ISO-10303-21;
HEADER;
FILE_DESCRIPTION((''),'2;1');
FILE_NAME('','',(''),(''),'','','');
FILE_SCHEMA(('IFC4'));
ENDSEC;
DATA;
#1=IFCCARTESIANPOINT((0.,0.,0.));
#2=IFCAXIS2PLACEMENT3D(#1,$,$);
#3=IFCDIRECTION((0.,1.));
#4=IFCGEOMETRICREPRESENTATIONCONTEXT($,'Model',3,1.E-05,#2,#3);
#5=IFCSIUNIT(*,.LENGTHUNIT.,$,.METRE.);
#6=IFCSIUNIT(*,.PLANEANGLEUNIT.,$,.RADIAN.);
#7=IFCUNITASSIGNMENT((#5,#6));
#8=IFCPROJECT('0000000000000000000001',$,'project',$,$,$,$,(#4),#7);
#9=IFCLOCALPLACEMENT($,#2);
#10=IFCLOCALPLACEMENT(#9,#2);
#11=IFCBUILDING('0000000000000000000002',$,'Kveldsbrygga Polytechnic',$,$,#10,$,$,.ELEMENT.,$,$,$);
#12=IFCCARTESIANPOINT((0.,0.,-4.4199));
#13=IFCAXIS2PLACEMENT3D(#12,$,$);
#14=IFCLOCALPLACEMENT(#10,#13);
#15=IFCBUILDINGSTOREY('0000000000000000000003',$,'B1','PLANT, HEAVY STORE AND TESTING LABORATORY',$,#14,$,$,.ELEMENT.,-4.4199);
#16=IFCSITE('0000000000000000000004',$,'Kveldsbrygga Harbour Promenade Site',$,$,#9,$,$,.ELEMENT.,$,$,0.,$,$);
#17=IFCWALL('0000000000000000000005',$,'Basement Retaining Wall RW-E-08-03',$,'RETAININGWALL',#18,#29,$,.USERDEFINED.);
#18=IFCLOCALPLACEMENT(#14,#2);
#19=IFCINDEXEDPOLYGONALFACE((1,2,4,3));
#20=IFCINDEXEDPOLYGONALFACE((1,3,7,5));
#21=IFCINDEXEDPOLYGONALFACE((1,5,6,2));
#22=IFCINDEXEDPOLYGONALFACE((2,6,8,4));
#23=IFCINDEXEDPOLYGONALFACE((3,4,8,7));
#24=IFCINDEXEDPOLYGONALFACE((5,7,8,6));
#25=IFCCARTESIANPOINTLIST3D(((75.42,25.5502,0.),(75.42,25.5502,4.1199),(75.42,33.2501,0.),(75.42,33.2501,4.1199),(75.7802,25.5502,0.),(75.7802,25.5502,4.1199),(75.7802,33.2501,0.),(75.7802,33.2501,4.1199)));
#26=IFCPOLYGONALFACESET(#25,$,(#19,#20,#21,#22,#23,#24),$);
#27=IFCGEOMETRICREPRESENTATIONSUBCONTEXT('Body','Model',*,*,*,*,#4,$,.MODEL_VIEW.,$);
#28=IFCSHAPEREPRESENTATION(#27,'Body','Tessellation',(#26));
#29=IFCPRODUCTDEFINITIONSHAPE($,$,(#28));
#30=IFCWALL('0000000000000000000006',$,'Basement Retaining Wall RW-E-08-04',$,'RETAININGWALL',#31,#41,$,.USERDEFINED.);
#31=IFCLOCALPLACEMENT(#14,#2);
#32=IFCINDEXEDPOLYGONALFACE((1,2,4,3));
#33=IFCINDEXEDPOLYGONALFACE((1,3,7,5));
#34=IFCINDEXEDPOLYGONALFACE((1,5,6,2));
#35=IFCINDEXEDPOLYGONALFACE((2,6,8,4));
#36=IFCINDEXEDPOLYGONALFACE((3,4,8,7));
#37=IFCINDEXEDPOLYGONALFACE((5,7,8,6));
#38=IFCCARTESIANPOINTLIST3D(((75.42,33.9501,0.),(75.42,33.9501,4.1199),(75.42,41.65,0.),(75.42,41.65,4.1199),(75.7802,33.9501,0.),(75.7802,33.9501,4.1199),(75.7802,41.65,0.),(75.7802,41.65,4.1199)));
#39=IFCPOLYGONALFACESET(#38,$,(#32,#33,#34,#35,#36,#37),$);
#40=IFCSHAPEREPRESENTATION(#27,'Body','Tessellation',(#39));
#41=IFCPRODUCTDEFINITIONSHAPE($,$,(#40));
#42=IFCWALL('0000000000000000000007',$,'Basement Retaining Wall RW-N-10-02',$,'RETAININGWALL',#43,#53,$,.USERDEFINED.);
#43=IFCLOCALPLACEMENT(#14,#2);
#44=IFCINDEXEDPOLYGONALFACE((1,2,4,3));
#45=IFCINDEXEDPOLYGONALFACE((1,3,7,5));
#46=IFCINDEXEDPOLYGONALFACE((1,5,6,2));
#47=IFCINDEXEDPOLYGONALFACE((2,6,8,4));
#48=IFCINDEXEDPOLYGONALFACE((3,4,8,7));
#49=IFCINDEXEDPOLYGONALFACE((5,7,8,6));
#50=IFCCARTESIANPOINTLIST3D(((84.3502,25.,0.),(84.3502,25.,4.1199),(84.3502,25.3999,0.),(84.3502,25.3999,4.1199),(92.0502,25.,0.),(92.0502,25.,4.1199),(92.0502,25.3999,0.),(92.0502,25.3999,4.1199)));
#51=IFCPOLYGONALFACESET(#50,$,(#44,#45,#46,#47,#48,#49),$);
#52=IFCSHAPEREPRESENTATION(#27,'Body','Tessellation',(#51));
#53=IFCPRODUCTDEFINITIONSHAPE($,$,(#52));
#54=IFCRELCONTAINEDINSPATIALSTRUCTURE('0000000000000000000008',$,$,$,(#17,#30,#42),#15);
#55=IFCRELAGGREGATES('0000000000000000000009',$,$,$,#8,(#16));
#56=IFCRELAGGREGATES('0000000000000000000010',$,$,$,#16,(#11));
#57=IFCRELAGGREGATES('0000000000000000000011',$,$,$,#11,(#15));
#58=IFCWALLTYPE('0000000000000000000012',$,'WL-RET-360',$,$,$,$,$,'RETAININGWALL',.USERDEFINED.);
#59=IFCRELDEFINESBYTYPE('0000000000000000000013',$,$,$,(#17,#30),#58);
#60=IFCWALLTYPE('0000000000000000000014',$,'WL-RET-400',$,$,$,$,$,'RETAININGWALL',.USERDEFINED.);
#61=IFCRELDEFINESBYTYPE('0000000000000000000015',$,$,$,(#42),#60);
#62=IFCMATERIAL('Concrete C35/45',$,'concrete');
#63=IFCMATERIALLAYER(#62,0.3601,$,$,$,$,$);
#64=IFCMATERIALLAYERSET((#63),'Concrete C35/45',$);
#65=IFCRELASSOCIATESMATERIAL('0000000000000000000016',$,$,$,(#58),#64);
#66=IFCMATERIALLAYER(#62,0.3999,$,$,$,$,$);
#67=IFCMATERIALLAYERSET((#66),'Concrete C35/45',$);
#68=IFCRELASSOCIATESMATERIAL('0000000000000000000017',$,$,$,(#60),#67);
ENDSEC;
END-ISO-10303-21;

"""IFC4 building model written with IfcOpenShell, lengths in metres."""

from ifc_helpers import new_model, si_unit, direction, frame, frame_2d, origin, place, context, subcontext, project, spatial, rectangle, extrude, material, layer, layer_set, type_object, element, save


model = new_model("IFC4")

# Units and contexts
model_context = context("Model", 3, precision=1e-05, world=origin(), true_north=direction((0.0, 1.0)))
body_context = subcontext(model_context, "Body", "Model", "MODEL_VIEW")
ifc_project = project(units=[si_unit("LENGTHUNIT", "METRE"), si_unit("PLANEANGLEUNIT", "RADIAN")], contexts=[model_context])

# Site, building, storey
site_placement = place(None, origin())
site = spatial("IfcSite", under=ifc_project, at=site_placement, Name="Kveldsbrygga Harbour Promenade Site", CompositionType="ELEMENT", RefElevation=0.0)
building_placement = place(site_placement, origin())
building = spatial("IfcBuilding", under=site, at=building_placement, Name="Kveldsbrygga Polytechnic", CompositionType="ELEMENT")
storey_placement = place(building_placement, frame((0.0, 0.0, -4.4199)))
storey = spatial("IfcBuildingStorey", under=building, at=storey_placement, Name="B1", Description="PLANT, HEAVY STORE AND TESTING LABORATORY", CompositionType="ELEMENT", Elevation=-4.4199)

# Shared definitions
ifc_material_1 = material(Name="Concrete C35/45", Category="concrete")

# Walls
ifc_layer_1 = layer(ifc_material_1, 0.3601)
ifc_layer_set_1 = layer_set([ifc_layer_1], Name="Concrete C35/45")
wall_type_1 = type_object("IfcWallType", Name="WL-RET-360", ElementType="RETAININGWALL", PredefinedType="USERDEFINED", material=ifc_layer_set_1)
for number, where, z_axis, x_axis, name in (
    (1, (75.6001, 25.55, 0.0), (0.0, 0.0, 1.0), (0.0, 1.0, 0.0), "Basement Retaining Wall RW-E-08-03"),
    (2, (75.6001, 33.95, 0.0), (0.0, 0.0, 1.0), (0.0, 1.0, 0.0), "Basement Retaining Wall RW-E-08-04"),
):
    element("IfcWall", number, at=place(storey_placement, frame(where, z_axis=z_axis, x_axis=x_axis)), inside=storey, type_object=wall_type_1, Name=name, ObjectType="RETAININGWALL", PredefinedType="USERDEFINED", context=body_context, shape_type="SweptSolid", body=[
        extrude(rectangle(XDim=7.7, YDim=0.3601, at=frame_2d((3.8501, 0.0))), origin(), (0.0, 0.0, 1.0), 4.1199),
    ])
ifc_layer_2 = layer(ifc_material_1, 0.3999)
ifc_layer_set_2 = layer_set([ifc_layer_2], Name="Concrete C35/45")
wall_type_2 = type_object("IfcWallType", Name="WL-RET-400", ElementType="RETAININGWALL", PredefinedType="USERDEFINED", material=ifc_layer_set_2)
wall_1_placement = place(storey_placement, frame((84.3501, 25.2, 0.0), z_axis=(0.0, 0.0, 1.0), x_axis=(1.0, 0.0, 0.0)))
element("IfcWall", 3, at=wall_1_placement, inside=storey, type_object=wall_type_2, Name="Basement Retaining Wall RW-N-10-02", ObjectType="RETAININGWALL", PredefinedType="USERDEFINED", context=body_context, shape_type="SweptSolid", body=[
    extrude(rectangle(XDim=7.7, YDim=0.3999, at=frame_2d((3.8501, 0.0))), origin(), (0.0, 0.0, 1.0), 4.1199),
])

save(model, "model.ifc")
